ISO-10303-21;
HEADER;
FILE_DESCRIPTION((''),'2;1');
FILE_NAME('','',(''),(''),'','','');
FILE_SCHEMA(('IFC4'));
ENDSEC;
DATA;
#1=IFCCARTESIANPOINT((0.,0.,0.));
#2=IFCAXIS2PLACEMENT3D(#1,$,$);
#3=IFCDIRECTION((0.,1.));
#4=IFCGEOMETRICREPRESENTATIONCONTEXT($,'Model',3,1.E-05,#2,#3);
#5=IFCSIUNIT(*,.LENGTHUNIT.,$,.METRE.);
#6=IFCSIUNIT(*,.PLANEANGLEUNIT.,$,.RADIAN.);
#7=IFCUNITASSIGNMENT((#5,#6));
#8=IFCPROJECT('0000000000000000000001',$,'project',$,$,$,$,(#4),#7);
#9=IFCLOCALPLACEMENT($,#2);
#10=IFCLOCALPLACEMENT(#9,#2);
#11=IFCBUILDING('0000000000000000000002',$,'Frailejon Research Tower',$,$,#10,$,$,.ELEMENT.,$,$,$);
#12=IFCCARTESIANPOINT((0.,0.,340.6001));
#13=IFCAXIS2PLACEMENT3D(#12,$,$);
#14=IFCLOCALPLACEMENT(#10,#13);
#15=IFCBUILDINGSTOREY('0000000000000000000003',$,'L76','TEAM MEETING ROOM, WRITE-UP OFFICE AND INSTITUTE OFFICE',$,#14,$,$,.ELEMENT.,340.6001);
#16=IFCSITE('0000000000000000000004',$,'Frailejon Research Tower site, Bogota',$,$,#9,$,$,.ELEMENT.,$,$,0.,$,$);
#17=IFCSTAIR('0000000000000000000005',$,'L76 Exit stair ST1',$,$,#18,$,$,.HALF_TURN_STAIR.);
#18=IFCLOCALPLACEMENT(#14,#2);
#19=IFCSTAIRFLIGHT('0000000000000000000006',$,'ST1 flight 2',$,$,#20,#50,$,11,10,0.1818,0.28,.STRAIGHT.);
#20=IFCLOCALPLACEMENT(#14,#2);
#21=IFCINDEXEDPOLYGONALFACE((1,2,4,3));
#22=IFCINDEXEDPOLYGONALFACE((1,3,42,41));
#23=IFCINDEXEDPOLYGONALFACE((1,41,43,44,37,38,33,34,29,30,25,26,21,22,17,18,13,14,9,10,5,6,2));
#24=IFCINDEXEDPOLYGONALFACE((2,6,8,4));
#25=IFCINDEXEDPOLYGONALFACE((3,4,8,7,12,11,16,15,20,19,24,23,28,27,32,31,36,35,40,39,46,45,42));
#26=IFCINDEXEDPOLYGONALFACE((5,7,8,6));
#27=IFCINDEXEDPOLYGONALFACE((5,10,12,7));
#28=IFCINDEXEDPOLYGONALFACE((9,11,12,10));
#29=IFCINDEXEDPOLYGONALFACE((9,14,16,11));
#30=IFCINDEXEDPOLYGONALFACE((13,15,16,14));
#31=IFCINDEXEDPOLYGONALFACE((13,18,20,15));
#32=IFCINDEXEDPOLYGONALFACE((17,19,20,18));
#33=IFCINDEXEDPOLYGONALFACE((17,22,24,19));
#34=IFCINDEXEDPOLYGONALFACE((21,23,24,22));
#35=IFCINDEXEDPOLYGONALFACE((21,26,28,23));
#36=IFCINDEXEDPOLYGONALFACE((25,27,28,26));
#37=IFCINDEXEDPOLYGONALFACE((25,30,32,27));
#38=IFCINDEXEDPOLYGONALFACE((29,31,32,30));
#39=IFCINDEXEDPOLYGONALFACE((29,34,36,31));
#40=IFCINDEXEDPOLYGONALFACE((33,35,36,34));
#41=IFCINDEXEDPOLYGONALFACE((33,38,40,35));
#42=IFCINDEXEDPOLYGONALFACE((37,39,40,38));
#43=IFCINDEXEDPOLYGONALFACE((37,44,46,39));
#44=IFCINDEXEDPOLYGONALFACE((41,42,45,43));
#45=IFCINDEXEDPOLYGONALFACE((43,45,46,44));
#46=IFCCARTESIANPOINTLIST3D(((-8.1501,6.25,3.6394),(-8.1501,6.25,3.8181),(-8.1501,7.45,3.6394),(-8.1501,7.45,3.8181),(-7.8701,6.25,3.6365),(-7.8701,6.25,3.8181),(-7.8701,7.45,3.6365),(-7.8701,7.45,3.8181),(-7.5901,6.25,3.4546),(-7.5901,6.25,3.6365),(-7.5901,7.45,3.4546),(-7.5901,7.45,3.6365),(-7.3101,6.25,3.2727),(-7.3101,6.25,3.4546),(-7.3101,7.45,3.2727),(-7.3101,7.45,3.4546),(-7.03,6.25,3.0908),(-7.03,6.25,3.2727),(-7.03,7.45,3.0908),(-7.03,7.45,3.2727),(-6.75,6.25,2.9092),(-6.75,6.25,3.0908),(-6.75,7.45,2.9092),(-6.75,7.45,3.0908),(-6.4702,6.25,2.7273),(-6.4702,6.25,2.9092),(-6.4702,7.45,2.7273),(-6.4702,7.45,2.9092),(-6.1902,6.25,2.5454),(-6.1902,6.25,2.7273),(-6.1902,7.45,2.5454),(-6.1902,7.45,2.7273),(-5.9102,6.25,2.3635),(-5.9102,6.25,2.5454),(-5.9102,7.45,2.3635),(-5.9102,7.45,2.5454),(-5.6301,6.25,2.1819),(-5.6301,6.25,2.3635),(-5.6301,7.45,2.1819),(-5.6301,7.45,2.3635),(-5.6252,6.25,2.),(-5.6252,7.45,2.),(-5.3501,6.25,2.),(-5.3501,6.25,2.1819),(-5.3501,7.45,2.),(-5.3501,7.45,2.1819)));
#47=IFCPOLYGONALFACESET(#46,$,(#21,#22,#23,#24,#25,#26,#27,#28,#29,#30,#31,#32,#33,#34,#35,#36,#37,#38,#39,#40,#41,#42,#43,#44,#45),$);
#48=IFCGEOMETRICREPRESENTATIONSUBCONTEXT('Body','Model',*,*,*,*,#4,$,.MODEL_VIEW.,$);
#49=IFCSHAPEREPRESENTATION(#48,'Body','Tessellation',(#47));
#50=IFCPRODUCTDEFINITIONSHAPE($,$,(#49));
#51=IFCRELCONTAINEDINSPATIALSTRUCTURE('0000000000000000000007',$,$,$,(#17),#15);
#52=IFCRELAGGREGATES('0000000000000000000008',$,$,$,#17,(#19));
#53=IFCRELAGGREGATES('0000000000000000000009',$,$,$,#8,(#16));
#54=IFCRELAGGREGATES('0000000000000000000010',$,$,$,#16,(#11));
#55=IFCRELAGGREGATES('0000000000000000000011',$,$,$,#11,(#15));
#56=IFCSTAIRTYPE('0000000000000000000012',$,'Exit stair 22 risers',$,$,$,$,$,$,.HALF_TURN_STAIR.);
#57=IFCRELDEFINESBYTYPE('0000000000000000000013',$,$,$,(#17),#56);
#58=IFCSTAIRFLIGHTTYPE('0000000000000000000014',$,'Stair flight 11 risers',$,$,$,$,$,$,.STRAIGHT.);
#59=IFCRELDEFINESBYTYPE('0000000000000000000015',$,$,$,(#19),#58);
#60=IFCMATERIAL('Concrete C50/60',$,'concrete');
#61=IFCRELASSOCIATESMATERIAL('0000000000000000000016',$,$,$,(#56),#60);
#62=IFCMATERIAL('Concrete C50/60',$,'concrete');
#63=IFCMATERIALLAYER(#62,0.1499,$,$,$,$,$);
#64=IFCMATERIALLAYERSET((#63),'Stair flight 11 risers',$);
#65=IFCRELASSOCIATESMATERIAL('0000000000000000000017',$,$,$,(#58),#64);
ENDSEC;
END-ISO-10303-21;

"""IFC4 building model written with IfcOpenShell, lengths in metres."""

from ifc_helpers import new_model, si_unit, direction, frame, origin, place, context, subcontext, project, spatial, polyline, outline, extrude, material, layer, layer_set, type_object, element, aggregate, save


model = new_model("IFC4")

# Units and contexts
model_context = context("Model", 3, precision=1e-05, world=origin(), true_north=direction((0.0, 1.0)))
body_context = subcontext(model_context, "Body", "Model", "MODEL_VIEW")
ifc_project = project(units=[si_unit("LENGTHUNIT", "METRE"), si_unit("PLANEANGLEUNIT", "RADIAN")], contexts=[model_context])

# Site, building, storey
site_placement = place(None, origin())
site = spatial("IfcSite", under=ifc_project, at=site_placement, Name="Frailejon Research Tower site, Bogota", CompositionType="ELEMENT", RefElevation=0.0)
building_placement = place(site_placement, origin())
building = spatial("IfcBuilding", under=site, at=building_placement, Name="Frailejon Research Tower", CompositionType="ELEMENT")
storey_placement = place(building_placement, frame((0.0, 0.0, 340.6001)))
storey = spatial("IfcBuildingStorey", under=building, at=storey_placement, Name="L76", Description="TEAM MEETING ROOM, WRITE-UP OFFICE AND INSTITUTE OFFICE", CompositionType="ELEMENT", Elevation=340.6001)

# Stair, stair flight
ifc_material_1 = material(Name="Concrete C50/60", Category="concrete")
stair_type = type_object("IfcStairType", Name="Exit stair 22 risers", PredefinedType="HALF_TURN_STAIR", material=ifc_material_1)
stair_placement = place(storey_placement, origin())
stair = element("IfcStair", 1, at=stair_placement, inside=storey, type_object=stair_type, Name="L76 Exit stair ST1", PredefinedType="HALF_TURN_STAIR")
ifc_material_2 = material(Name="Concrete C50/60", Category="concrete")
ifc_layer_1 = layer(ifc_material_2, 0.1499)
ifc_layer_set_1 = layer_set([ifc_layer_1], Name="Stair flight 11 risers")
stair_flight_type = type_object("IfcStairFlightType", Name="Stair flight 11 risers", PredefinedType="STRAIGHT", material=ifc_layer_set_1)
stair_flight_placement = place(storey_placement, frame((-5.3501, 6.8501, 2.0), z_axis=(0.0, 0.0, 1.0), x_axis=(-1.0, 0.0, 0.0)))
stair_flight = element("IfcStairFlight", 2, at=stair_flight_placement, type_object=stair_flight_type, Name="ST1 flight 2", NumberOfRisers=11, NumberOfTreads=10, PredefinedType="STRAIGHT", RiserHeight=0.1818, TreadLength=0.28, context=body_context, shape_type="SweptSolid", body=[
    extrude(outline(polyline([(0.0, 0.0), (0.0, 0.1819), (0.28, 0.1819), (0.28, 0.3635), (0.5601, 0.3635), (0.5601, 0.5454), (0.8401, 0.5454), (0.8401, 0.7273), (1.1201, 0.7273), (1.1201, 0.9092), (1.3999, 0.9092), (1.3999, 1.0908), (1.6799, 1.0908), (1.6799, 1.2727), (1.96, 1.2727), (1.96, 1.4546), (2.24, 1.4546), (2.24, 1.6365), (2.52, 1.6365), (2.52, 1.8181), (2.8, 1.8181), (2.8, 2.0), (2.8, 1.6394), (0.2751, 0.0), (0.0, 0.0)])), frame((0.0, 0.6001, 0.0), z_axis=(0.0, -1.0, 0.0), x_axis=(1.0, 0.0, 0.0)), (0.0, 0.0, 1.0), 1.2),
])
aggregate(stair, [stair_flight])

save(model, "model.ifc")
